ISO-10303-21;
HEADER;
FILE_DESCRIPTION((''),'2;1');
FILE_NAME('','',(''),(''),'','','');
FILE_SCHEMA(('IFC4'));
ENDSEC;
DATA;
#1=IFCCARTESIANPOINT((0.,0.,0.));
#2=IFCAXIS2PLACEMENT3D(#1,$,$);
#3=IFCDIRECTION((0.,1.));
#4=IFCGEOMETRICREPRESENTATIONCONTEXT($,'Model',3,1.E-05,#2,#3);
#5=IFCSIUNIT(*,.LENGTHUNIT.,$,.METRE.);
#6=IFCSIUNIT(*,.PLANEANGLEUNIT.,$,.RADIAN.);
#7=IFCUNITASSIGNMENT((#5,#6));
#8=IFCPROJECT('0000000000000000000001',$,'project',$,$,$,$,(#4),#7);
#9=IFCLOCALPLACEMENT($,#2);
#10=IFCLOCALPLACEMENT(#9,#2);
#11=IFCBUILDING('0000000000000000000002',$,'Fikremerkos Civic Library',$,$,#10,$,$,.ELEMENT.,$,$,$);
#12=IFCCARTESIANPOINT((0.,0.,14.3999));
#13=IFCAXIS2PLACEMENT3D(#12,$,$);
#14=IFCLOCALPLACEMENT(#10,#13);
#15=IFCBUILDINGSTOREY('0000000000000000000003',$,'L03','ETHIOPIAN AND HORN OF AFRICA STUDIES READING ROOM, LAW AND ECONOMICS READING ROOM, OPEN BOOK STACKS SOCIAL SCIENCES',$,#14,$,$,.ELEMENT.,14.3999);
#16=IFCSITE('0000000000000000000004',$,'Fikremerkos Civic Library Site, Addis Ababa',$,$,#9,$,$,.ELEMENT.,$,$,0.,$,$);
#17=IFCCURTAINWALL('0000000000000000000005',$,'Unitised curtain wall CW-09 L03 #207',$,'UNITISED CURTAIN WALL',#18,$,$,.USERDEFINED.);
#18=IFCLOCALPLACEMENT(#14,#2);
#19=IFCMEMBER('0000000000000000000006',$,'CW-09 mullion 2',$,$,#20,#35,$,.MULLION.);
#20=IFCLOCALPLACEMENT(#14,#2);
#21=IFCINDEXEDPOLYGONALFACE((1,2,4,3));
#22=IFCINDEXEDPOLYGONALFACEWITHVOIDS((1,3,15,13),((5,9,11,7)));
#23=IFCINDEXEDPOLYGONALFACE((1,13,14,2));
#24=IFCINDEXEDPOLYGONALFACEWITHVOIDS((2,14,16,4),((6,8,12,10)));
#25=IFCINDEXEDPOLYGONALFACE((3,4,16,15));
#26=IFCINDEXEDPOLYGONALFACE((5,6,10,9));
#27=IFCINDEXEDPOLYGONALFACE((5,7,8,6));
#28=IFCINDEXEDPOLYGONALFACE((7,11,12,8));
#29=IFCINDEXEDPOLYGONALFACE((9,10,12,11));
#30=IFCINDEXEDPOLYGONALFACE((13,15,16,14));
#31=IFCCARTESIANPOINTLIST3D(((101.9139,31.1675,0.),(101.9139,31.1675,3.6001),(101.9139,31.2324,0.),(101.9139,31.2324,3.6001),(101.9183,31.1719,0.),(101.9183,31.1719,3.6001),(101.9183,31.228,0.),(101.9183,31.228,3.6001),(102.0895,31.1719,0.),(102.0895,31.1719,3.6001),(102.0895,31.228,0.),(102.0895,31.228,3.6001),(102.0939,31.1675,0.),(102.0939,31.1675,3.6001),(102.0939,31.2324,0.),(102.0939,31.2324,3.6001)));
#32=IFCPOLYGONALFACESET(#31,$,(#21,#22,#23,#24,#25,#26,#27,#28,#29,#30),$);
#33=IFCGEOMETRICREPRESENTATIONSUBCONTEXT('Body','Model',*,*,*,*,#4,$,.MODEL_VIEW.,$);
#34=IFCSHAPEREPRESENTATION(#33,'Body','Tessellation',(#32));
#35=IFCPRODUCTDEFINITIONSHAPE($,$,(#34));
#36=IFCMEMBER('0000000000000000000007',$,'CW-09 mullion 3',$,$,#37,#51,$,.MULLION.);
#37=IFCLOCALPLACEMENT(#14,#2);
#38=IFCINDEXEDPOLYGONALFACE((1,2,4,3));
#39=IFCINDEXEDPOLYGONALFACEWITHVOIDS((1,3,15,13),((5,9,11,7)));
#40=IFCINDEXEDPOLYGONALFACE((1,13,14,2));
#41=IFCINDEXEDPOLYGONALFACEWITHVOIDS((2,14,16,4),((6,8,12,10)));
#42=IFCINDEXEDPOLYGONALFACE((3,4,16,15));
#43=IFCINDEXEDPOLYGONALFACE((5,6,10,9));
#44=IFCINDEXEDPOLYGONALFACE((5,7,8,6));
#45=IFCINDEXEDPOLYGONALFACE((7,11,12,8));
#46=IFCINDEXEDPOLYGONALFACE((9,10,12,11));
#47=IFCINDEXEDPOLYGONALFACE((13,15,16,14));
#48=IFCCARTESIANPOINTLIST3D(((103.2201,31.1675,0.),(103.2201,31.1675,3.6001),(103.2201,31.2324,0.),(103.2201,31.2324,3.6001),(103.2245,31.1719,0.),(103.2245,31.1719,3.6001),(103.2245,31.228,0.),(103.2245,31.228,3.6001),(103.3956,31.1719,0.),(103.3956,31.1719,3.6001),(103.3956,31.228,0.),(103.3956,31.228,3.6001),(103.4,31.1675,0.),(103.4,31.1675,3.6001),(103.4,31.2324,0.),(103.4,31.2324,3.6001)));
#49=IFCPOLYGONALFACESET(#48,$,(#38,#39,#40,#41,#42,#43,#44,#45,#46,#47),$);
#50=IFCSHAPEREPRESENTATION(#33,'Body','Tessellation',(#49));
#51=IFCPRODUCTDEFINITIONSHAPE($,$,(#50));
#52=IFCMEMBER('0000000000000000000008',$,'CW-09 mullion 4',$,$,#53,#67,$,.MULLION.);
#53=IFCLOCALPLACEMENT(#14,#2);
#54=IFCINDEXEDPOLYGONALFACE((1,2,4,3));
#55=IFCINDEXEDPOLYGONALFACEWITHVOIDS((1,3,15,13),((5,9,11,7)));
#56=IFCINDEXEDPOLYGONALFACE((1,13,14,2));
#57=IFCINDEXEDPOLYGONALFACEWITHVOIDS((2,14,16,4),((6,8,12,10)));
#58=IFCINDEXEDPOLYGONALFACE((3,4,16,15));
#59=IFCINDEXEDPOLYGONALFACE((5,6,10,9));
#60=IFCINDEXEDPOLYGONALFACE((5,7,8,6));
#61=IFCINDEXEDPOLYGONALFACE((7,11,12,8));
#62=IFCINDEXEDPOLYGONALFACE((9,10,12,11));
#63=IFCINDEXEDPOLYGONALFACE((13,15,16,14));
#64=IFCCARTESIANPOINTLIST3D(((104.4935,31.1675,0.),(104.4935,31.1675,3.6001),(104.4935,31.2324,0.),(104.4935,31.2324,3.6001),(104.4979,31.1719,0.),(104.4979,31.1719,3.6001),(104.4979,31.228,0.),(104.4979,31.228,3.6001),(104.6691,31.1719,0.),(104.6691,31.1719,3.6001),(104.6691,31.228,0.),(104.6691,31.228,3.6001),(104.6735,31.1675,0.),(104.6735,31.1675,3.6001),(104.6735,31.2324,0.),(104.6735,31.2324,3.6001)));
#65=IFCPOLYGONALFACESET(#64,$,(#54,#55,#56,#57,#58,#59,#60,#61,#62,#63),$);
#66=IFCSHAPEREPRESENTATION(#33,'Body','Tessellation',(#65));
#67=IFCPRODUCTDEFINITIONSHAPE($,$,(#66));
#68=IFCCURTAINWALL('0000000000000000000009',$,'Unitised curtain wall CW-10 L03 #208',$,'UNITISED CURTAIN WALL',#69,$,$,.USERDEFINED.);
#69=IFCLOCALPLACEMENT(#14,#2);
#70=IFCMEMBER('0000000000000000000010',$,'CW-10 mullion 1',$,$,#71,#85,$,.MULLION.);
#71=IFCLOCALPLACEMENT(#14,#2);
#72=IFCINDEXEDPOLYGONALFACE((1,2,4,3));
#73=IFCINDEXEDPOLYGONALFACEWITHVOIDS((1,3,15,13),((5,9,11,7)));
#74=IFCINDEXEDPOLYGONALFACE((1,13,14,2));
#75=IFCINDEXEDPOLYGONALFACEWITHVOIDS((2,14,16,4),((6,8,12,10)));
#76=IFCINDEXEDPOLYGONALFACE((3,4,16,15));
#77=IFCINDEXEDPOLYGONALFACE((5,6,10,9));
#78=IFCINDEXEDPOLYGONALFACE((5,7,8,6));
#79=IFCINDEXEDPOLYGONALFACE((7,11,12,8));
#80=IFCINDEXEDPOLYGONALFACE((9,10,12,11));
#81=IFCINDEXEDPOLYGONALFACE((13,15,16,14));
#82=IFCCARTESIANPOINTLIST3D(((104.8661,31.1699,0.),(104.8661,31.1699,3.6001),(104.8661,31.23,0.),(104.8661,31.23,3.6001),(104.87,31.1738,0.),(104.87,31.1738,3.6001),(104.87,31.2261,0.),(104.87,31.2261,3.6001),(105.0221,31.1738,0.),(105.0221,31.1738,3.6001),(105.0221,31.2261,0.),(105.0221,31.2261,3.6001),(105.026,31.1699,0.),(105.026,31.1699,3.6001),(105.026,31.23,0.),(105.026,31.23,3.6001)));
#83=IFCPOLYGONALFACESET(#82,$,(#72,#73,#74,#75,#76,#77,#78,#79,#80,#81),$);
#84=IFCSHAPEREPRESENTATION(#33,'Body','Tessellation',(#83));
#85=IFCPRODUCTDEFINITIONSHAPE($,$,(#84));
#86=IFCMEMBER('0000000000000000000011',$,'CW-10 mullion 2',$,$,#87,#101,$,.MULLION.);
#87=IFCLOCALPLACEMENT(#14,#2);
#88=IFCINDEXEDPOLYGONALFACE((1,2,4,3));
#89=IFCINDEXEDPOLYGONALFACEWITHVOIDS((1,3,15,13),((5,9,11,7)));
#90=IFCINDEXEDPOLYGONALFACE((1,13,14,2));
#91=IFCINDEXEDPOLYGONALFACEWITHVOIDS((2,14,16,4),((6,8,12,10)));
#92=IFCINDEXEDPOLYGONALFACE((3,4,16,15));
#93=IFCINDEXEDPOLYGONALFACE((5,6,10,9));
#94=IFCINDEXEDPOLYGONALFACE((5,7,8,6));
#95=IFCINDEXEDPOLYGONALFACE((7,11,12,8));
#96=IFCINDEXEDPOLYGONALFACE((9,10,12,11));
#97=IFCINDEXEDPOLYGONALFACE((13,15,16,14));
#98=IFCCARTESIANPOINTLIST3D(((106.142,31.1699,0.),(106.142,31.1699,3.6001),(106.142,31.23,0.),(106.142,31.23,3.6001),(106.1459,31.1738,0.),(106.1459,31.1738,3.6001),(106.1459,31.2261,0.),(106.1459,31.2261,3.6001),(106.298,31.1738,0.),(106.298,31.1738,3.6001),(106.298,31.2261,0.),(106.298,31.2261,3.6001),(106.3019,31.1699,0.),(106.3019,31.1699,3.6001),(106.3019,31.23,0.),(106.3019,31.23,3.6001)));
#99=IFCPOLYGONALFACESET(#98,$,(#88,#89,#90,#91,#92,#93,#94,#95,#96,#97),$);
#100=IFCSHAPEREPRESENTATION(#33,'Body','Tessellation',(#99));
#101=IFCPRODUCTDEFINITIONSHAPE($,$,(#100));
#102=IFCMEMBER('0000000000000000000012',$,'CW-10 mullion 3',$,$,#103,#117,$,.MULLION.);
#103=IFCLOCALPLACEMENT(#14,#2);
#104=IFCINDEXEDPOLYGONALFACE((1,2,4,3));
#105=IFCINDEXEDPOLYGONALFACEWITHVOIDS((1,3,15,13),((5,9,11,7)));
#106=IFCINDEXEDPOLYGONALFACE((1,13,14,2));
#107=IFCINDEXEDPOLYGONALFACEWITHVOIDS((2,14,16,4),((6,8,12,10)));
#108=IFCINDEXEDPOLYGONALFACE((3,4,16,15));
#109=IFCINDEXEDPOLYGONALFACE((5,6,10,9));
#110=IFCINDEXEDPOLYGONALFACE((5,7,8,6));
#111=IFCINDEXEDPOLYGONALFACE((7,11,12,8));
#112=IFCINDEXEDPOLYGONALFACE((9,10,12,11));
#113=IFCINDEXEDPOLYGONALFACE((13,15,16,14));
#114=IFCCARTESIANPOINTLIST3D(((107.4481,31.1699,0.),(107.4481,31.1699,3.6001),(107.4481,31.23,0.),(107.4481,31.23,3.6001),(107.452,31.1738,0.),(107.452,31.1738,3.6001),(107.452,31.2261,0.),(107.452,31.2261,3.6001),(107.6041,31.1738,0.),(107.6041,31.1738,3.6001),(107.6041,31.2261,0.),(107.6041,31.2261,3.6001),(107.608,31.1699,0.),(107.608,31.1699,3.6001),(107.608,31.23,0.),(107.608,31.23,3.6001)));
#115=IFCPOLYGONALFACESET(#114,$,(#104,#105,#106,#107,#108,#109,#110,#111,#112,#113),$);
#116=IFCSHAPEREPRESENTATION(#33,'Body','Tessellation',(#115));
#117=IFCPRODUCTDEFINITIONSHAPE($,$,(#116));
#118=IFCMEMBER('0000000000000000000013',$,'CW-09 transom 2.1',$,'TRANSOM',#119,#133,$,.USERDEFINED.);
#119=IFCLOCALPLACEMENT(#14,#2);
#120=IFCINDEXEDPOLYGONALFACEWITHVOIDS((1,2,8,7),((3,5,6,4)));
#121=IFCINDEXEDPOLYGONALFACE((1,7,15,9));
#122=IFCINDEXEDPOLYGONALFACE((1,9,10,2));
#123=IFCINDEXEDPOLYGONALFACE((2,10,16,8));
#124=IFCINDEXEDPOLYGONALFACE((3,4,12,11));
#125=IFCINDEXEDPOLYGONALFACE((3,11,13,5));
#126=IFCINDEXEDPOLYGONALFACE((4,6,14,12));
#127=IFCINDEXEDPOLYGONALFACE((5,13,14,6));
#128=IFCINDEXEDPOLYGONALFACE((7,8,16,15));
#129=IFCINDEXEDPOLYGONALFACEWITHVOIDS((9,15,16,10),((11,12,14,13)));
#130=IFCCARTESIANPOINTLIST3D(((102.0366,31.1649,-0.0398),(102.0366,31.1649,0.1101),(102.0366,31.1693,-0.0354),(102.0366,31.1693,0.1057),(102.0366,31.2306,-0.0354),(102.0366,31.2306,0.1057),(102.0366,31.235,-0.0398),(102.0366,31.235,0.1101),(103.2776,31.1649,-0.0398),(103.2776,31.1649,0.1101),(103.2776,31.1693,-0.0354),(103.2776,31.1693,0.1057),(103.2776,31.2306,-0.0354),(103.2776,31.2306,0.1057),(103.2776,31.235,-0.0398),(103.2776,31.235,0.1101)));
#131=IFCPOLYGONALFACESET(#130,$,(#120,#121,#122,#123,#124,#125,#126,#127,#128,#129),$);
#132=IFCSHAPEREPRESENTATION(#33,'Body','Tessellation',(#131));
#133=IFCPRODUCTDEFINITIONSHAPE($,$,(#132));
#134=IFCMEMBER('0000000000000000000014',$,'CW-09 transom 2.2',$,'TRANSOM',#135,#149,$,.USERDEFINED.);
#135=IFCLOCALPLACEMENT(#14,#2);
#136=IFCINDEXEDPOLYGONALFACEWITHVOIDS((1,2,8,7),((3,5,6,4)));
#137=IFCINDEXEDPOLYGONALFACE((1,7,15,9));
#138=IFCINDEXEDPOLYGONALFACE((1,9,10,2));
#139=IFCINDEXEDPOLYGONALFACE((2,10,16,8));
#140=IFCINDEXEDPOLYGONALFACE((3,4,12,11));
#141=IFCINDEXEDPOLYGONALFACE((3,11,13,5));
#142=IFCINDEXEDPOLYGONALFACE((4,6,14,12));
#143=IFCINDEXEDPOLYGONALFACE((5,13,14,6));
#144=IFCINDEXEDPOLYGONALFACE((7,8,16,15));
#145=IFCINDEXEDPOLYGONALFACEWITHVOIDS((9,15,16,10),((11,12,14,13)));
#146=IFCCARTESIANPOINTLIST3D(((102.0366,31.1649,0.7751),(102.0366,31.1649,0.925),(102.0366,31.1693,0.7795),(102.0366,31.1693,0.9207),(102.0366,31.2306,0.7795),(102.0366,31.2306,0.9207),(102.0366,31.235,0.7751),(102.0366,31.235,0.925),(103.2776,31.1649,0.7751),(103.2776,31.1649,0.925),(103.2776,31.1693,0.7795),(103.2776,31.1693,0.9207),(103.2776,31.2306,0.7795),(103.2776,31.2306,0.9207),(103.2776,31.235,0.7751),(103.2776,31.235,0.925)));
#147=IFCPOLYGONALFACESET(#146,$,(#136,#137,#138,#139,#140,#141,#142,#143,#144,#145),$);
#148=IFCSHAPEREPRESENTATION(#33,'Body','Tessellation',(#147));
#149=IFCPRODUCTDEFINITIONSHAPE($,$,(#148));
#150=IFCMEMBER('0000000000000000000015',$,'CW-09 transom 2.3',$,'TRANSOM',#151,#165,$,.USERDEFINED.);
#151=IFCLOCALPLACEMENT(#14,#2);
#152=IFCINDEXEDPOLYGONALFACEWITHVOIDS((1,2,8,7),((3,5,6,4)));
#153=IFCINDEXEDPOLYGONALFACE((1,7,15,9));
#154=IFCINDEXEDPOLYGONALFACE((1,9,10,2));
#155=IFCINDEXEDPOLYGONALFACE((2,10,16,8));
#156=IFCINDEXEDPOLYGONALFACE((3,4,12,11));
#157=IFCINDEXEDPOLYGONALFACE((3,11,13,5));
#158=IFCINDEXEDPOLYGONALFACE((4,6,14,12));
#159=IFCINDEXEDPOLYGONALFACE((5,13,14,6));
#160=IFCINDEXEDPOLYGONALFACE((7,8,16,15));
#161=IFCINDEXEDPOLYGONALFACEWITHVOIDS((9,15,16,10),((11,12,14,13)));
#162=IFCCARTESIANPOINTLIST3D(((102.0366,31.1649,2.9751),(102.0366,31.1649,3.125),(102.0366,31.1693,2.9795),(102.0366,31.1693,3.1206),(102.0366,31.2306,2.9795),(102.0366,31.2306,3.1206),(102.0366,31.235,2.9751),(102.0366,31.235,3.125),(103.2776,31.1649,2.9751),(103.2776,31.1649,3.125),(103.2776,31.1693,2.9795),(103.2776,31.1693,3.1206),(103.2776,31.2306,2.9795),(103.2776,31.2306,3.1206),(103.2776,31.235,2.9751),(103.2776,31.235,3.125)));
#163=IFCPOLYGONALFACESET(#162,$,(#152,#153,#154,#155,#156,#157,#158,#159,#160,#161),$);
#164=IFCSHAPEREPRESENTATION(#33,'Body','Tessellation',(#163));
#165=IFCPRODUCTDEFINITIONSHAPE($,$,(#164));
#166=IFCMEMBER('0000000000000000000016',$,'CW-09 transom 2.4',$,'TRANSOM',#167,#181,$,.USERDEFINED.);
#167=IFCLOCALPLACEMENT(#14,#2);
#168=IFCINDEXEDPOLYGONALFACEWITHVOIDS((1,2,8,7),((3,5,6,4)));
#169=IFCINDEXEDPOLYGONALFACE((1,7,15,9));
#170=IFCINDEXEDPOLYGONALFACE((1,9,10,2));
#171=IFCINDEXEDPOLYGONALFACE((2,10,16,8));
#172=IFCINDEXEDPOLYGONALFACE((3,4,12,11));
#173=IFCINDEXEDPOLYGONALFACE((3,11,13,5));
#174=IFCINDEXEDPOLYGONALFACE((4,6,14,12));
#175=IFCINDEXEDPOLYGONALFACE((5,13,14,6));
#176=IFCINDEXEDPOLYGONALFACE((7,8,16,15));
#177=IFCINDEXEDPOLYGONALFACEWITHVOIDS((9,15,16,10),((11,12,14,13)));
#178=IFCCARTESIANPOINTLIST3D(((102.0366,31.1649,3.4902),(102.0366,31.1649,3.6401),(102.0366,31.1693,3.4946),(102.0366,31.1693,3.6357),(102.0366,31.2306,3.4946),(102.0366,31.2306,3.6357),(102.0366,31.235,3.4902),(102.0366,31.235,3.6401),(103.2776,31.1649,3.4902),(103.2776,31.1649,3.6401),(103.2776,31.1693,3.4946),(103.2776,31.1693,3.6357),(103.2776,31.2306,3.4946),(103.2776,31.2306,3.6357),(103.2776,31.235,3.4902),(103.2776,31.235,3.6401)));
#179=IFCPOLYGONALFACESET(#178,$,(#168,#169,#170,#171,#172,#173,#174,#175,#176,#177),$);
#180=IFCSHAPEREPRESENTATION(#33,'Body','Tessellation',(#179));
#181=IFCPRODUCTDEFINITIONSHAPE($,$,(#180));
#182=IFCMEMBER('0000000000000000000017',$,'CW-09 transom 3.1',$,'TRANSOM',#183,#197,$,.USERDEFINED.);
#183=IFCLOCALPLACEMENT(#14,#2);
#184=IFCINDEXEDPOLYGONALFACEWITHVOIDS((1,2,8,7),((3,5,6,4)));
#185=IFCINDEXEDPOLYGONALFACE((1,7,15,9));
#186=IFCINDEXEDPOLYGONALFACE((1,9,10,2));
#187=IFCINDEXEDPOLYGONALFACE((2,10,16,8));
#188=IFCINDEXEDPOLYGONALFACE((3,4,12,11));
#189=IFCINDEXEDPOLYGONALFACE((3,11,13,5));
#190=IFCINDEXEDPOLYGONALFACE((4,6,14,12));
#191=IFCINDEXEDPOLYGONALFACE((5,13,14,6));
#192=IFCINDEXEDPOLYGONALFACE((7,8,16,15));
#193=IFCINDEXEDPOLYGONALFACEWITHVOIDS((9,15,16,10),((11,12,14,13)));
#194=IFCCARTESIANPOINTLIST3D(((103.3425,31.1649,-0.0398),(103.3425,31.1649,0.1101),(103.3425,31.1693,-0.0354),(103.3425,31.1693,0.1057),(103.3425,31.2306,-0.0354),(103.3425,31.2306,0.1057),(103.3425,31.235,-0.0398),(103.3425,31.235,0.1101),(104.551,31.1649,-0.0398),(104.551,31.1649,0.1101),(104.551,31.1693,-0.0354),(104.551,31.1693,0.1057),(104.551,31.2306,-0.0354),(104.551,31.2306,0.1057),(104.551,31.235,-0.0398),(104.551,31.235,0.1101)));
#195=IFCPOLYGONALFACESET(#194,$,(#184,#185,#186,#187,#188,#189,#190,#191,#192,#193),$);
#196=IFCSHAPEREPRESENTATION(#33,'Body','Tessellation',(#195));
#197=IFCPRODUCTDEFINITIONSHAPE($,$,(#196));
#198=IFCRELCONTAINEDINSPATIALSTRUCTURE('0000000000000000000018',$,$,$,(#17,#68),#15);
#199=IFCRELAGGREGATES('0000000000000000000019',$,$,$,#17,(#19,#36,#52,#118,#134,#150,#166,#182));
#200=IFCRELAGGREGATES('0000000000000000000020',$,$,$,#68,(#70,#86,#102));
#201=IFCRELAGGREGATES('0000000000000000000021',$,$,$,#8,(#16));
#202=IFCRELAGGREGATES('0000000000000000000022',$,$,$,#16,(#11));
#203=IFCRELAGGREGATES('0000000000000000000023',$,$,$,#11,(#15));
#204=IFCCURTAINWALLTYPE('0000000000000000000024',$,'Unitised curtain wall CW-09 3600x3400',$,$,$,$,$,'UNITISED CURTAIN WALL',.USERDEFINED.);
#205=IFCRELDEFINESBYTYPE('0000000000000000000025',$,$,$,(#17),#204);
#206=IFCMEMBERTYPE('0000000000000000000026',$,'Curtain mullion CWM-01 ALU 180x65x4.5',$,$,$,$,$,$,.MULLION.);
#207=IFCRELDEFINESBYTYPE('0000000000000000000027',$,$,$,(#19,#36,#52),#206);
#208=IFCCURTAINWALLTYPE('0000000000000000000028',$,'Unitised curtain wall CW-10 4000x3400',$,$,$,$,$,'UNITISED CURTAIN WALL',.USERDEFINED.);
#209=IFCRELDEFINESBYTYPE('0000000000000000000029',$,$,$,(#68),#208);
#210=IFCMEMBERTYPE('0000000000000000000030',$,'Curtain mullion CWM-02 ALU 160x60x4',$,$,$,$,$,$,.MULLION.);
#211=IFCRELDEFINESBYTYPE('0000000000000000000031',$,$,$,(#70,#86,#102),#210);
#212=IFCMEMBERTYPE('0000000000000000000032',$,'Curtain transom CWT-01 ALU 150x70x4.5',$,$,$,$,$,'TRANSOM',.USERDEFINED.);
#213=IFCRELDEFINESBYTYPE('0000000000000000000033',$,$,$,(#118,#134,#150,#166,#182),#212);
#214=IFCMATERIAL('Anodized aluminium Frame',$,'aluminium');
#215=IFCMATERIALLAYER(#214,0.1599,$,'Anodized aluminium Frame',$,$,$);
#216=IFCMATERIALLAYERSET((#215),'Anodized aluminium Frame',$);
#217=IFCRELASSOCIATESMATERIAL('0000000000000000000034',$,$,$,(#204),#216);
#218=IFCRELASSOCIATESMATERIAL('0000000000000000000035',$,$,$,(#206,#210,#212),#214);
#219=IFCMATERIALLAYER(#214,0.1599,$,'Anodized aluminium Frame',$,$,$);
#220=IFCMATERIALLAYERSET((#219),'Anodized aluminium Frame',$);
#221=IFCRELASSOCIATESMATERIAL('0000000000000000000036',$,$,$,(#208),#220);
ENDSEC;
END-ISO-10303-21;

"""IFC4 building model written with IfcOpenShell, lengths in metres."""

from ifc_helpers import new_model, si_unit, direction, frame, origin, origin_2d, place, context, subcontext, project, spatial, hollow_rectangle, extrude, material, layer, layer_set, material_profile, profile_set, type_object, element, aggregate, save


model = new_model("IFC4")

# Units and contexts
model_context = context("Model", 3, precision=1e-05, world=origin(), true_north=direction((0.0, 1.0)))
body_context = subcontext(model_context, "Body", "Model", "MODEL_VIEW")
ifc_project = project(units=[si_unit("LENGTHUNIT", "METRE"), si_unit("PLANEANGLEUNIT", "RADIAN")], contexts=[model_context])

# Site, building, storey
site_placement = place(None, origin())
site = spatial("IfcSite", under=ifc_project, at=site_placement, Name="Fikremerkos Civic Library Site, Addis Ababa", CompositionType="ELEMENT", RefElevation=0.0)
building_placement = place(site_placement, origin())
building = spatial("IfcBuilding", under=site, at=building_placement, Name="Fikremerkos Civic Library", CompositionType="ELEMENT")
storey_placement = place(building_placement, frame((0.0, 0.0, 14.3999)))
storey = spatial("IfcBuildingStorey", under=building, at=storey_placement, Name="L03", Description="ETHIOPIAN AND HORN OF AFRICA STUDIES READING ROOM, LAW AND ECONOMICS READING ROOM, OPEN BOOK STACKS SOCIAL SCIENCES", CompositionType="ELEMENT", Elevation=14.3999)

# Curtain walls, members
ifc_material_1 = material(Name="Anodized aluminium Frame", Category="aluminium")
ifc_layer_1 = layer(ifc_material_1, 0.1599, Name="Anodized aluminium Frame")
ifc_layer_set_1 = layer_set([ifc_layer_1], Name="Anodized aluminium Frame")
curtain_wall_type_1 = type_object("IfcCurtainWallType", Name="Unitised curtain wall CW-09 3600x3400", ElementType="UNITISED CURTAIN WALL", PredefinedType="USERDEFINED", material=ifc_layer_set_1)
curtain_wall_1_placement = place(storey_placement, origin())
curtain_wall_1 = element("IfcCurtainWall", 1, at=curtain_wall_1_placement, inside=storey, type_object=curtain_wall_type_1, Name="Unitised curtain wall CW-09 L03 #207", ObjectType="UNITISED CURTAIN WALL", PredefinedType="USERDEFINED")
ifc_material_profile_1 = material_profile(ifc_material_1, hollow_rectangle(XDim=0.0649, YDim=0.1799, WallThickness=0.0044, at=origin_2d()), Name="ALU 180x65x4.5")
ifc_profile_set_1 = profile_set([ifc_material_profile_1], Name="Anodized aluminium Frame")
member_type_1 = type_object("IfcMemberType", Name="Curtain mullion CWM-01 ALU 180x65x4.5", PredefinedType="MULLION", material=ifc_profile_set_1)
member_1_placement = place(storey_placement, frame((102.0039, 31.2, 0.0), z_axis=(0.0, 0.0, 1.0), x_axis=(0.0, 1.0, 0.0)))
member_1 = element("IfcMember", 2, at=member_1_placement, type_object=member_type_1, Name="CW-09 mullion 2", PredefinedType="MULLION", context=body_context, shape_type="SweptSolid", body=[
    extrude(hollow_rectangle(XDim=0.0649, YDim=0.1799, WallThickness=0.0044, at=origin_2d()), origin(), (0.0, 0.0, 1.0), 3.6001),
])
member_2_placement = place(storey_placement, frame((103.3101, 31.2, 0.0), z_axis=(0.0, 0.0, 1.0), x_axis=(0.0, 1.0, 0.0)))
member_2 = element("IfcMember", 3, at=member_2_placement, type_object=member_type_1, Name="CW-09 mullion 3", PredefinedType="MULLION", context=body_context, shape_type="SweptSolid", body=[
    extrude(hollow_rectangle(XDim=0.0649, YDim=0.1799, WallThickness=0.0044, at=origin_2d()), origin(), (0.0, 0.0, 1.0), 3.6001),
])
member_3_placement = place(storey_placement, frame((104.5835, 31.2, 0.0), z_axis=(0.0, 0.0, 1.0), x_axis=(0.0, 1.0, 0.0)))
member_3 = element("IfcMember", 4, at=member_3_placement, type_object=member_type_1, Name="CW-09 mullion 4", PredefinedType="MULLION", context=body_context, shape_type="SweptSolid", body=[
    extrude(hollow_rectangle(XDim=0.0649, YDim=0.1799, WallThickness=0.0044, at=origin_2d()), origin(), (0.0, 0.0, 1.0), 3.6001),
])
ifc_layer_2 = layer(ifc_material_1, 0.1599, Name="Anodized aluminium Frame")
ifc_layer_set_2 = layer_set([ifc_layer_2], Name="Anodized aluminium Frame")
curtain_wall_type_2 = type_object("IfcCurtainWallType", Name="Unitised curtain wall CW-10 4000x3400", ElementType="UNITISED CURTAIN WALL", PredefinedType="USERDEFINED", material=ifc_layer_set_2)
curtain_wall_2_placement = place(storey_placement, origin())
curtain_wall_2 = element("IfcCurtainWall", 5, at=curtain_wall_2_placement, inside=storey, type_object=curtain_wall_type_2, Name="Unitised curtain wall CW-10 L03 #208", ObjectType="UNITISED CURTAIN WALL", PredefinedType="USERDEFINED")
ifc_material_profile_2 = material_profile(ifc_material_1, hollow_rectangle(XDim=0.0601, YDim=0.1599, WallThickness=0.0039, at=origin_2d()), Name="ALU 160x60x4")
ifc_profile_set_2 = profile_set([ifc_material_profile_2], Name="Anodized aluminium Frame")
member_type_2 = type_object("IfcMemberType", Name="Curtain mullion CWM-02 ALU 160x60x4", PredefinedType="MULLION", material=ifc_profile_set_2)
member_4_placement = place(storey_placement, frame((104.946, 31.2, 0.0), z_axis=(0.0, 0.0, 1.0), x_axis=(0.0, 1.0, 0.0)))
member_4 = element("IfcMember", 6, at=member_4_placement, type_object=member_type_2, Name="CW-10 mullion 1", PredefinedType="MULLION", context=body_context, shape_type="SweptSolid", body=[
    extrude(hollow_rectangle(XDim=0.0601, YDim=0.1599, WallThickness=0.0039, at=origin_2d()), origin(), (0.0, 0.0, 1.0), 3.6001),
])
member_5_placement = place(storey_placement, frame((106.2219, 31.2, 0.0), z_axis=(0.0, 0.0, 1.0), x_axis=(0.0, 1.0, 0.0)))
member_5 = element("IfcMember", 7, at=member_5_placement, type_object=member_type_2, Name="CW-10 mullion 2", PredefinedType="MULLION", context=body_context, shape_type="SweptSolid", body=[
    extrude(hollow_rectangle(XDim=0.0601, YDim=0.1599, WallThickness=0.0039, at=origin_2d()), origin(), (0.0, 0.0, 1.0), 3.6001),
])
member_6_placement = place(storey_placement, frame((107.5281, 31.2, 0.0), z_axis=(0.0, 0.0, 1.0), x_axis=(0.0, 1.0, 0.0)))
member_6 = element("IfcMember", 8, at=member_6_placement, type_object=member_type_2, Name="CW-10 mullion 3", PredefinedType="MULLION", context=body_context, shape_type="SweptSolid", body=[
    extrude(hollow_rectangle(XDim=0.0601, YDim=0.1599, WallThickness=0.0039, at=origin_2d()), origin(), (0.0, 0.0, 1.0), 3.6001),
])

# Members
ifc_material_profile_3 = material_profile(ifc_material_1, hollow_rectangle(XDim=0.0701, YDim=0.1499, WallThickness=0.0044, at=origin_2d()), Name="ALU 150x70x4.5")
ifc_profile_set_3 = profile_set([ifc_material_profile_3], Name="Anodized aluminium Frame")
member_type_3 = type_object("IfcMemberType", Name="Curtain transom CWT-01 ALU 150x70x4.5", ElementType="TRANSOM", PredefinedType="USERDEFINED", material=ifc_profile_set_3)
member_7_placement = place(storey_placement, frame((102.0366, 31.2, 0.0352), z_axis=(1.0, 0.0, 0.0), x_axis=(0.0, 1.0, 0.0)))
member_7 = element("IfcMember", 9, at=member_7_placement, type_object=member_type_3, Name="CW-09 transom 2.1", ObjectType="TRANSOM", PredefinedType="USERDEFINED", context=body_context, shape_type="SweptSolid", body=[
    extrude(hollow_rectangle(XDim=0.0701, YDim=0.1499, WallThickness=0.0044, at=origin_2d()), origin(), (0.0, 0.0, 1.0), 1.241),
])
member_8_placement = place(storey_placement, frame((102.0366, 31.2, 0.8501), z_axis=(1.0, 0.0, 0.0), x_axis=(0.0, 1.0, 0.0)))
member_8 = element("IfcMember", 10, at=member_8_placement, type_object=member_type_3, Name="CW-09 transom 2.2", ObjectType="TRANSOM", PredefinedType="USERDEFINED", context=body_context, shape_type="SweptSolid", body=[
    extrude(hollow_rectangle(XDim=0.0701, YDim=0.1499, WallThickness=0.0044, at=origin_2d()), origin(), (0.0, 0.0, 1.0), 1.241),
])
member_9_placement = place(storey_placement, frame((102.0366, 31.2, 3.05), z_axis=(1.0, 0.0, 0.0), x_axis=(0.0, 1.0, 0.0)))
member_9 = element("IfcMember", 11, at=member_9_placement, type_object=member_type_3, Name="CW-09 transom 2.3", ObjectType="TRANSOM", PredefinedType="USERDEFINED", context=body_context, shape_type="SweptSolid", body=[
    extrude(hollow_rectangle(XDim=0.0701, YDim=0.1499, WallThickness=0.0044, at=origin_2d()), origin(), (0.0, 0.0, 1.0), 1.241),
])
member_10_placement = place(storey_placement, frame((102.0366, 31.2, 3.5652), z_axis=(1.0, 0.0, 0.0), x_axis=(0.0, 1.0, 0.0)))
member_10 = element("IfcMember", 12, at=member_10_placement, type_object=member_type_3, Name="CW-09 transom 2.4", ObjectType="TRANSOM", PredefinedType="USERDEFINED", context=body_context, shape_type="SweptSolid", body=[
    extrude(hollow_rectangle(XDim=0.0701, YDim=0.1499, WallThickness=0.0044, at=origin_2d()), origin(), (0.0, 0.0, 1.0), 1.241),
])
member_11_placement = place(storey_placement, frame((103.3425, 31.2, 0.0352), z_axis=(1.0, 0.0, 0.0), x_axis=(0.0, 1.0, 0.0)))
member_11 = element("IfcMember", 13, at=member_11_placement, type_object=member_type_3, Name="CW-09 transom 3.1", ObjectType="TRANSOM", PredefinedType="USERDEFINED", context=body_context, shape_type="SweptSolid", body=[
    extrude(hollow_rectangle(XDim=0.0701, YDim=0.1499, WallThickness=0.0044, at=origin_2d()), origin(), (0.0, 0.0, 1.0), 1.2085),
])

aggregate(curtain_wall_1, [member_1, member_2, member_3, member_7, member_8, member_9, member_10, member_11])
aggregate(curtain_wall_2, [member_4, member_5, member_6])

save(model, "model.ifc")
